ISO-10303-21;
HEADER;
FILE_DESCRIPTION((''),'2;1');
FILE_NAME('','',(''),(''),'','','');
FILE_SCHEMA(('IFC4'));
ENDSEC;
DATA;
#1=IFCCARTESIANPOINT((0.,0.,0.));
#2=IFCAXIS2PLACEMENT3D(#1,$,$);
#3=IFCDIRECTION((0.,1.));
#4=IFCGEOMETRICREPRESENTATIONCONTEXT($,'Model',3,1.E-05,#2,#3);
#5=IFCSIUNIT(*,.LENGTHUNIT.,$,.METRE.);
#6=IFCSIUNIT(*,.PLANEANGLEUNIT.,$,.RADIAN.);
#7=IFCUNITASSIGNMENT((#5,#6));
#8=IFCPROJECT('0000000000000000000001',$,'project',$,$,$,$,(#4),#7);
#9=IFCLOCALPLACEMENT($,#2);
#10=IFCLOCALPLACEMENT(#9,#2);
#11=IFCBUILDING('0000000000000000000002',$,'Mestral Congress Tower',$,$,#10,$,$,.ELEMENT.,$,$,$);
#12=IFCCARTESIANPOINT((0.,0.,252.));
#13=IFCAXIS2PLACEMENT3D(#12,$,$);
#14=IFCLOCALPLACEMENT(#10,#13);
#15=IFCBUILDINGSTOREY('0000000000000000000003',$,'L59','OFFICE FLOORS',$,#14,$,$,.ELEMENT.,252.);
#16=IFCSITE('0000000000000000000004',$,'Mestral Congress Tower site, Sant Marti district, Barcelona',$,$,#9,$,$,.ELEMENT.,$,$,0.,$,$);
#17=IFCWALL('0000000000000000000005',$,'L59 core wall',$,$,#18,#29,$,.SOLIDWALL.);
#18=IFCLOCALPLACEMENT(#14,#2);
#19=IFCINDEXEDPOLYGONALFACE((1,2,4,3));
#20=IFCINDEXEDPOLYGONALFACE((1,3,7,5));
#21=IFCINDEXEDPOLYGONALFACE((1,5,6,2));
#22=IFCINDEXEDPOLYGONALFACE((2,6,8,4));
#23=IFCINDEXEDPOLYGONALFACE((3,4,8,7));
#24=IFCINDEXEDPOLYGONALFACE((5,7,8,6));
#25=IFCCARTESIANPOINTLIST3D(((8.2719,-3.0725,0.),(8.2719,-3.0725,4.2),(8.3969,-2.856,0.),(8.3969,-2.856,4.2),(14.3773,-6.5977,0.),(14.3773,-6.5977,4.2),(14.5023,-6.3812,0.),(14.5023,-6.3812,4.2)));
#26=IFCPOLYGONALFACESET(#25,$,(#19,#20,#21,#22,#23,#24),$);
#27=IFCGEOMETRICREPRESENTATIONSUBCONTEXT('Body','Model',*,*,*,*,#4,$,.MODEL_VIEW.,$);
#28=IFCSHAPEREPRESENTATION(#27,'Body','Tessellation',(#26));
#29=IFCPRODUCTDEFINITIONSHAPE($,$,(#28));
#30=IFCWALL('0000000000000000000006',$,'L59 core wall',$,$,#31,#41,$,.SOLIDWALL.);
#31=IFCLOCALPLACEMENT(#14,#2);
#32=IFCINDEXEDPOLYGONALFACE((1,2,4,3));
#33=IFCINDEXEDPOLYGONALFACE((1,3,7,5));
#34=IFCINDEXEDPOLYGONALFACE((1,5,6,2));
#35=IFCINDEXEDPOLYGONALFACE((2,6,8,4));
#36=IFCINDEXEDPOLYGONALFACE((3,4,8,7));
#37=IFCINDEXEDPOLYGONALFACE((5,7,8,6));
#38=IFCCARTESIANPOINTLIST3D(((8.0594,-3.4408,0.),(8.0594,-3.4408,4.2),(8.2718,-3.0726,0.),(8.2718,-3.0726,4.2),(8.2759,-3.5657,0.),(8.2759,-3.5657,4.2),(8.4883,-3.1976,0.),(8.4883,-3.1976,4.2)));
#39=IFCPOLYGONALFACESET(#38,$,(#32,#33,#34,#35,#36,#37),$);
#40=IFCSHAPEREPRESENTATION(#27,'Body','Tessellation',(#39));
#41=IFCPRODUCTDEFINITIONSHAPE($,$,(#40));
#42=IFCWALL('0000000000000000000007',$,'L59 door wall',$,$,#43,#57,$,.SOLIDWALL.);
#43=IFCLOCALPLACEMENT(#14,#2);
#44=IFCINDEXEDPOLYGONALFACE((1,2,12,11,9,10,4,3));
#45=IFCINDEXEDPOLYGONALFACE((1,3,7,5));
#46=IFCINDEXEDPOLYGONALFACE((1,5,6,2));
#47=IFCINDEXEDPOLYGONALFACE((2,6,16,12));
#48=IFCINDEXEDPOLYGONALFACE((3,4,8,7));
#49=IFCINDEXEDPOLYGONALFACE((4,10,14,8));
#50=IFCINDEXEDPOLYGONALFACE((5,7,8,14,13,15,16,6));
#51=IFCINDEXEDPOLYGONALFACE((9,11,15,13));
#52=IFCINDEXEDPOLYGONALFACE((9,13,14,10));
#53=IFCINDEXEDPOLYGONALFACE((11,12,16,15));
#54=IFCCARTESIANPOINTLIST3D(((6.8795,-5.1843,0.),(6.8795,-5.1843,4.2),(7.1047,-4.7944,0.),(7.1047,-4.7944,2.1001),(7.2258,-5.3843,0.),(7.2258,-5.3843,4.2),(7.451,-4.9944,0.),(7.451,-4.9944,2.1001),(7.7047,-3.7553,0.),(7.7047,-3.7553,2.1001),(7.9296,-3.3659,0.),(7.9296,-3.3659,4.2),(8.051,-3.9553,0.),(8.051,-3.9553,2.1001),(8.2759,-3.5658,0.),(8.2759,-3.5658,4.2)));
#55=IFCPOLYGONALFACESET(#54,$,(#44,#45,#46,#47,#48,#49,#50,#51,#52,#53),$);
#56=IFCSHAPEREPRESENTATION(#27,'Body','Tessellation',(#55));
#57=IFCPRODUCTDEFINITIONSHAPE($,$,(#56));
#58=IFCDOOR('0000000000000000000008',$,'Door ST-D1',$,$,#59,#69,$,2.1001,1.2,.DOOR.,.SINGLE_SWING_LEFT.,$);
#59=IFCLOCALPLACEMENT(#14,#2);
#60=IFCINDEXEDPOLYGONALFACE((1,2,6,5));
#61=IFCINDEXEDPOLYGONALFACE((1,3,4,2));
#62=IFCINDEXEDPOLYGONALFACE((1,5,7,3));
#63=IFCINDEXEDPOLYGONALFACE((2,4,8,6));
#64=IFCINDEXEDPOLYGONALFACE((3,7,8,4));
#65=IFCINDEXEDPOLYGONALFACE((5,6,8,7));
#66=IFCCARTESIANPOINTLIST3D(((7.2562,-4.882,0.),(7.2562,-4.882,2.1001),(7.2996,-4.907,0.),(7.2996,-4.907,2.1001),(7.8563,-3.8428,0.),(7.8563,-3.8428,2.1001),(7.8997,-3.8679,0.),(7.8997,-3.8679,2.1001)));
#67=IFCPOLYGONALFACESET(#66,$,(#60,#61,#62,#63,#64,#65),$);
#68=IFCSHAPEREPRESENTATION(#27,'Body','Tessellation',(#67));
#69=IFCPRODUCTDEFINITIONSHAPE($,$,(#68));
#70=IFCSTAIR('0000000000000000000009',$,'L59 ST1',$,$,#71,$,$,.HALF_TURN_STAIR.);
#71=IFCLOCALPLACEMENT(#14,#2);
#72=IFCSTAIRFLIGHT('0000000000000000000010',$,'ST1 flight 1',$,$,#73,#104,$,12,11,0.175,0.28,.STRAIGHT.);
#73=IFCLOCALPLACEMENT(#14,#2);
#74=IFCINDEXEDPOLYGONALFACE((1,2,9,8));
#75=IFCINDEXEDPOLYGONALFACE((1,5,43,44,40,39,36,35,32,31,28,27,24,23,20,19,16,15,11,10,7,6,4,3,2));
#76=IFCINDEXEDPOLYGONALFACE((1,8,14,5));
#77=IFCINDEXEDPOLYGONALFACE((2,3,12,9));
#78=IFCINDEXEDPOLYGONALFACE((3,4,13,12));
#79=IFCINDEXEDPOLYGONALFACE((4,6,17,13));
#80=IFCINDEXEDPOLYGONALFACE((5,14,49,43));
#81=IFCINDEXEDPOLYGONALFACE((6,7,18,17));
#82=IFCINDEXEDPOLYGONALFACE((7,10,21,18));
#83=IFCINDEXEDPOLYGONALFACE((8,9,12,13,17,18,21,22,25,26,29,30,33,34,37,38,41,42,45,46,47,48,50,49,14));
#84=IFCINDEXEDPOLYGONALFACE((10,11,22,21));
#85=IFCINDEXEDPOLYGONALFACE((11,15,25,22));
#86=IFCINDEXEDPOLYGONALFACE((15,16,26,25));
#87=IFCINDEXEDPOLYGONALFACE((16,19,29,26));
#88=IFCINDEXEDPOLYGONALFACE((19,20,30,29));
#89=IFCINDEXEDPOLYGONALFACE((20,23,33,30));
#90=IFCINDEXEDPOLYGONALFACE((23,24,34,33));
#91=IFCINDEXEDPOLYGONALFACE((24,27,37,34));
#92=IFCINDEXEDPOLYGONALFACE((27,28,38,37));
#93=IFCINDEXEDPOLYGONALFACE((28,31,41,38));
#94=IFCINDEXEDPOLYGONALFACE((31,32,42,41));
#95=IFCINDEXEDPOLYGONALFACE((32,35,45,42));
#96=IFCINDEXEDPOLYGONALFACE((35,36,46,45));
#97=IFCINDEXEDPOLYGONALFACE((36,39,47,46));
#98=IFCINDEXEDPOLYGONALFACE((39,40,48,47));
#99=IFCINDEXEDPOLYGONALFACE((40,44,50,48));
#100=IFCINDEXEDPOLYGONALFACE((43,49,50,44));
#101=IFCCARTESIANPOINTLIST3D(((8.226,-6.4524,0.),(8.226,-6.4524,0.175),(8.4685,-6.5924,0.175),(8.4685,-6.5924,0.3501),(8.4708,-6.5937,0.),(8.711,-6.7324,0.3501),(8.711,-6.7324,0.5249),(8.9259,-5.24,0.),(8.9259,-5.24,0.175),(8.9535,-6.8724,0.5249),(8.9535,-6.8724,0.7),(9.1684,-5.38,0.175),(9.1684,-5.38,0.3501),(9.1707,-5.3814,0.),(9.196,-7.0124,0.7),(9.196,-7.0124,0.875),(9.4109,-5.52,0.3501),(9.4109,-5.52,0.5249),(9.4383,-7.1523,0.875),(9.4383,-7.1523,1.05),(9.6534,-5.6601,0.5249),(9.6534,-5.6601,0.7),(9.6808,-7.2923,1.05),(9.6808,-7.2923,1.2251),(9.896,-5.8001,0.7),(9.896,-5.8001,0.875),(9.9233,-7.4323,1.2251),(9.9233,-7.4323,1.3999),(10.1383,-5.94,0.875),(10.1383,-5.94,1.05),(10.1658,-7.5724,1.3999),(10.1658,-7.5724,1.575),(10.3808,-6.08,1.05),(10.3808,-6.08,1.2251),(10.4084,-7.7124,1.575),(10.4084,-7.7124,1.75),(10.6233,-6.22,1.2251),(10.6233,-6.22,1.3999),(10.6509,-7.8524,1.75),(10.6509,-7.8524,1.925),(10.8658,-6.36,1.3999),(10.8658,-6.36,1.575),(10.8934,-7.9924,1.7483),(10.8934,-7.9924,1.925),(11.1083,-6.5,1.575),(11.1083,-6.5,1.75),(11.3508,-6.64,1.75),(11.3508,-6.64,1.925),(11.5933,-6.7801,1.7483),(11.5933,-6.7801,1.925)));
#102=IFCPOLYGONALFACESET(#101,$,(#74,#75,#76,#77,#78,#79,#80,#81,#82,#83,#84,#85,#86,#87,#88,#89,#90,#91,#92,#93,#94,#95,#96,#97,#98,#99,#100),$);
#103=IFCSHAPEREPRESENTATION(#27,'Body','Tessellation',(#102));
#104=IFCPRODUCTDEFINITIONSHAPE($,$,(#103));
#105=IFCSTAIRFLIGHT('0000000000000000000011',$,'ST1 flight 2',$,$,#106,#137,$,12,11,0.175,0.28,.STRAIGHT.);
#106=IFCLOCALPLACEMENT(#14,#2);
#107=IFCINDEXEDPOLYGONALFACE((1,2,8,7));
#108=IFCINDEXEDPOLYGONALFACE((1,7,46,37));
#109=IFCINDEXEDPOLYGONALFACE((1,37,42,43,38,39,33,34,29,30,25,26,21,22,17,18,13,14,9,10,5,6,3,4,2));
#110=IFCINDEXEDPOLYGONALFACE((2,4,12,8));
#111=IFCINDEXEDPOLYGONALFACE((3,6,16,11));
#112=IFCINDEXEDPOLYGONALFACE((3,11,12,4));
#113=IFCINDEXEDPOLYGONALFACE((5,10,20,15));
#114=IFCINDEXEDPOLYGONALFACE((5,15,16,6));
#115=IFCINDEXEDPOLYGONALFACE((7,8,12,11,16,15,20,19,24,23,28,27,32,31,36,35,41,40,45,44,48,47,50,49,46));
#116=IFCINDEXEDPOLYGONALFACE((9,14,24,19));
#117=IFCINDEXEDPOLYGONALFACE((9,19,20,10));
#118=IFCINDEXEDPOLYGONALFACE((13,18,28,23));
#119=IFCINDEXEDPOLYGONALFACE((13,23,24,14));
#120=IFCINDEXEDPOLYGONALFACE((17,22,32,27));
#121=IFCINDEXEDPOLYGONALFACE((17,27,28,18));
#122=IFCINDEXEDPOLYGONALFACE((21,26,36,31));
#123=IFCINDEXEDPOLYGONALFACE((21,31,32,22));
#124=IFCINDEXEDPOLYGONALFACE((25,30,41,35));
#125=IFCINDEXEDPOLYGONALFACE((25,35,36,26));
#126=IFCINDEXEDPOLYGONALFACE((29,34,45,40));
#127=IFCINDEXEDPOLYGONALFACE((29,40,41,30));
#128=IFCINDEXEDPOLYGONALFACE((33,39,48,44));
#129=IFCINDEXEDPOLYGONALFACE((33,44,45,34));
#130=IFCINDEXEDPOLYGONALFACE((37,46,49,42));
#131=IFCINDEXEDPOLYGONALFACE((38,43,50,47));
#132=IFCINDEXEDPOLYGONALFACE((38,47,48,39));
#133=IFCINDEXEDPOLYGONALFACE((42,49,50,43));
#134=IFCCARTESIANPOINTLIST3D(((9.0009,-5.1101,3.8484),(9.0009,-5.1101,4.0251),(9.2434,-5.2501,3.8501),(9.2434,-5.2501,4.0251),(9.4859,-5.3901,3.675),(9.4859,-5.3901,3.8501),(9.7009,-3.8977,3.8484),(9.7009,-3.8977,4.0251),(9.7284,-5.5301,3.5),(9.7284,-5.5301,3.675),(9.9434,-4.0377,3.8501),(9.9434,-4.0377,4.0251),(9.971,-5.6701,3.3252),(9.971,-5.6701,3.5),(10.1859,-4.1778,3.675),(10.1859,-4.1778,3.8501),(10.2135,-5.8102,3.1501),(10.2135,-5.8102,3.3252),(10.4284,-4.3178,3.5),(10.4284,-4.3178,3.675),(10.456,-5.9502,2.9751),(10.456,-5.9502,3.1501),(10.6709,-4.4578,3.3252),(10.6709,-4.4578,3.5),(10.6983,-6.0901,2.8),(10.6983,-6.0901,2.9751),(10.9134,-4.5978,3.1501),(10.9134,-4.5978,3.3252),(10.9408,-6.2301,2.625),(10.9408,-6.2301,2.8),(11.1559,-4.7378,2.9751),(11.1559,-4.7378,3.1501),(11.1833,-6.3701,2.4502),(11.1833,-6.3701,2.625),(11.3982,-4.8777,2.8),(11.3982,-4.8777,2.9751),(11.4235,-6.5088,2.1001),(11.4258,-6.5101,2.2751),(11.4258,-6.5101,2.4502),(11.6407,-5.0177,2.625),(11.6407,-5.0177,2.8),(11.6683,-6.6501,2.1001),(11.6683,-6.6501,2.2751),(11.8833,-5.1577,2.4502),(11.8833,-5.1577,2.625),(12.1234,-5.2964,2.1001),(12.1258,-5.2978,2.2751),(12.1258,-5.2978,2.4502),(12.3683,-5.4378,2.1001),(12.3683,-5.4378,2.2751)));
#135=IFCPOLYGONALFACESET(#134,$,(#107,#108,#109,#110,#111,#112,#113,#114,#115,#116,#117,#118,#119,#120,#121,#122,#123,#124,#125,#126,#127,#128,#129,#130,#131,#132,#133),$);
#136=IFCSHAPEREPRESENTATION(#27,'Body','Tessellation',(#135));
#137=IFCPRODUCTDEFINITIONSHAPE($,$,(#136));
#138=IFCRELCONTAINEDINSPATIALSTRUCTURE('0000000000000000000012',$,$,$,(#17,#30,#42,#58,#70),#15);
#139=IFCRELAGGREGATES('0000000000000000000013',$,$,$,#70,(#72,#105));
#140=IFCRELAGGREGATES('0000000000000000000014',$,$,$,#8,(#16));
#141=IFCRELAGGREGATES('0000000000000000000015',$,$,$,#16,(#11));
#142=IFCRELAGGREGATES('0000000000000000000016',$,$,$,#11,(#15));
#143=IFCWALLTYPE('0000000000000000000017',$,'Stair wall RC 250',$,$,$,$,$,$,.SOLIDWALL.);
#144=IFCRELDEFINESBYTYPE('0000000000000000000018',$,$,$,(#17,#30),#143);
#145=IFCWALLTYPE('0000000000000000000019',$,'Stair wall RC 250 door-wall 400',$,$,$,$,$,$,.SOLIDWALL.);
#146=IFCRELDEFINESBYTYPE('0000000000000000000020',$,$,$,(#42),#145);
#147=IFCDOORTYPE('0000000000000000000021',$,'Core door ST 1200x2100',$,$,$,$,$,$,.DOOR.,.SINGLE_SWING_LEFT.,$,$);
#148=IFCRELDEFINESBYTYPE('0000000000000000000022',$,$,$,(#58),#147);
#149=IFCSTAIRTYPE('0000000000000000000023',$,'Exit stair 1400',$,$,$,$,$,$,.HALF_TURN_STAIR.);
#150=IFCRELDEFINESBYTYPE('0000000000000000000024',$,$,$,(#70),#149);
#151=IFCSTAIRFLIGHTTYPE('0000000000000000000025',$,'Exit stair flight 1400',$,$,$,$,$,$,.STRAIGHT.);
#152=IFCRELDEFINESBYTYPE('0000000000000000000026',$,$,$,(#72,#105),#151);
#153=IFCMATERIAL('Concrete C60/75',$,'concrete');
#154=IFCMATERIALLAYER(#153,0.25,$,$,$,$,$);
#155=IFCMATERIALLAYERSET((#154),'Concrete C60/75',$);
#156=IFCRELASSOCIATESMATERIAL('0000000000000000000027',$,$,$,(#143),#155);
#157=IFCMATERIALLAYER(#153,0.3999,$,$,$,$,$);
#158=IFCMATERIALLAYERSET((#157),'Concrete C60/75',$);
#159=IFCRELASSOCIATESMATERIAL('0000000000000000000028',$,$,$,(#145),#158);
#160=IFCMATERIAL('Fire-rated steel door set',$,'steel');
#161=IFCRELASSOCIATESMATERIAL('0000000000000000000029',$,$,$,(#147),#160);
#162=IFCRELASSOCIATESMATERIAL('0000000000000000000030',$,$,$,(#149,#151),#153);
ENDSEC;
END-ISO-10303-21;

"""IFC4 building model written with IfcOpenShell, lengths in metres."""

from ifc_helpers import new_model, si_unit, direction, frame, frame_2d, origin, place, context, subcontext, project, spatial, polyline, rectangle, outline, extrude, material, layer, layer_set, type_object, element, fill, aggregate, save


model = new_model("IFC4")

# Units and contexts
model_context = context("Model", 3, precision=1e-05, world=origin(), true_north=direction((0.0, 1.0)))
body_context = subcontext(model_context, "Body", "Model", "MODEL_VIEW")
ifc_project = project(units=[si_unit("LENGTHUNIT", "METRE"), si_unit("PLANEANGLEUNIT", "RADIAN")], contexts=[model_context])

# Site, building, storey
site_placement = place(None, origin())
site = spatial("IfcSite", under=ifc_project, at=site_placement, Name="Mestral Congress Tower site, Sant Marti district, Barcelona", CompositionType="ELEMENT", RefElevation=0.0)
building_placement = place(site_placement, origin())
building = spatial("IfcBuilding", under=site, at=building_placement, Name="Mestral Congress Tower", CompositionType="ELEMENT")
storey_placement = place(building_placement, frame((0.0, 0.0, 252.0)))
storey = spatial("IfcBuildingStorey", under=building, at=storey_placement, Name="L59", Description="OFFICE FLOORS", CompositionType="ELEMENT", Elevation=252.0)

# Shared definitions
ifc_material_1 = material(Name="Fire-rated steel door set", Category="steel")

# Shared definitions
ifc_material_2 = material(Name="Concrete C60/75", Category="concrete")

# Walls
ifc_layer_1 = layer(ifc_material_2, 0.25)
ifc_layer_set_1 = layer_set([ifc_layer_1], Name="Concrete C60/75")
wall_type_1 = type_object("IfcWallType", Name="Stair wall RC 250", PredefinedType="SOLIDWALL", material=ifc_layer_set_1)
wall_1_placement = place(storey_placement, frame((8.3345, -2.9644, 0.0), z_axis=(0.0, 0.0, 1.0), x_axis=(0.866016, -0.500016, 0.0)))
element("IfcWall", 1, at=wall_1_placement, inside=storey, type_object=wall_type_1, Name="L59 core wall", PredefinedType="SOLIDWALL", context=body_context, shape_type="SweptSolid", body=[
    extrude(rectangle(XDim=7.05, YDim=0.25, at=frame_2d((3.5249, 0.0))), origin(), (0.0, 0.0, 1.0), 4.2),
])
wall_2_placement = place(storey_placement, frame((8.1677, -3.5032, 0.0), z_axis=(0.0, 0.0, 1.0), x_axis=(0.499722, 0.866186, 0.0)))
element("IfcWall", 2, at=wall_2_placement, inside=storey, type_object=wall_type_1, Name="L59 core wall", PredefinedType="SOLIDWALL", context=body_context, shape_type="SweptSolid", body=[
    extrude(rectangle(XDim=0.425, YDim=0.25, at=frame_2d((0.2124, 0.0))), origin(), (0.0, 0.0, 1.0), 4.2),
])

# Wall, opening, door
ifc_layer_2 = layer(ifc_material_2, 0.3999)
ifc_layer_set_2 = layer_set([ifc_layer_2], Name="Concrete C60/75")
wall_type_2 = type_object("IfcWallType", Name="Stair wall RC 250 door-wall 400", PredefinedType="SOLIDWALL", material=ifc_layer_set_2)
wall_3_placement = place(storey_placement, frame((7.0527, -5.2842, 0.0), z_axis=(0.0, 0.0, 1.0), x_axis=(0.500078, 0.86598, 0.0)))
wall_3 = element("IfcWall", 3, at=wall_3_placement, inside=storey, type_object=wall_type_2, Name="L59 door wall", PredefinedType="SOLIDWALL", context=body_context, shape_type="SweptSolid", body=[
    extrude(rectangle(XDim=2.0999, YDim=0.3999, at=frame_2d((1.0498, 0.0))), origin(), (0.0, 0.0, 1.0), 4.2),
])
opening_1_placement = place(wall_3_placement, frame((0.45, 0.0, 0.0)))
opening_1 = element("IfcOpeningElement", 4, at=opening_1_placement, cuts=wall_3, PredefinedType="OPENING", context=body_context, shape_type="SweptSolid", body=[
    extrude(rectangle(XDim=1.2, YDim=2.1001, at=frame_2d((0.6001, 1.05))), frame((0.0, 0.21, 0.0), z_axis=(0.0, -1.0, 0.0), x_axis=(1.0, 0.0, 0.0)), (0.0, 0.0, 1.0), 0.4199),
])
door_type_1 = type_object("IfcDoorType", Name="Core door ST 1200x2100", OperationType="SINGLE_SWING_LEFT", PredefinedType="DOOR", material=ifc_material_1)
door_1_placement = place(opening_1_placement, origin())
door_1 = element("IfcDoor", 5, at=door_1_placement, inside=storey, type_object=door_type_1, Name="Door ST-D1", OperationType="SINGLE_SWING_LEFT", OverallHeight=2.1001, OverallWidth=1.2, PredefinedType="DOOR", context=body_context, shape_type="SweptSolid", body=[
    extrude(rectangle(XDim=1.2, YDim=2.1001, at=frame_2d((0.6001, 1.05))), frame((0.0, 0.0249, 0.0), z_axis=(0.0, -1.0, 0.0), x_axis=(1.0, 0.0, 0.0)), (0.0, 0.0, 1.0), 0.05),
])
fill(opening_1, door_1)

# Stair, stair flights
stair_type = type_object("IfcStairType", Name="Exit stair 1400", PredefinedType="HALF_TURN_STAIR", material=ifc_material_2)
stair_placement = place(storey_placement, origin())
stair = element("IfcStair", 6, at=stair_placement, inside=storey, type_object=stair_type, Name="L59 ST1", PredefinedType="HALF_TURN_STAIR")
stair_flight_type = type_object("IfcStairFlightType", Name="Exit stair flight 1400", PredefinedType="STRAIGHT", material=ifc_material_2)
stair_flight_1_placement = place(storey_placement, frame((8.5759, -5.8462, 0.0), z_axis=(0.0, 0.0, 1.0), x_axis=(0.866025, -0.5, 0.0)))
stair_flight_1 = element("IfcStairFlight", 7, at=stair_flight_1_placement, type_object=stair_flight_type, Name="ST1 flight 1", NumberOfRisers=12, NumberOfTreads=11, PredefinedType="STRAIGHT", RiserHeight=0.175, TreadLength=0.28, context=body_context, shape_type="SweptSolid", body=[
    extrude(outline(polyline([(0.0, 0.0), (0.0, 0.175), (0.28, 0.175), (0.28, 0.3501), (0.5601, 0.3501), (0.5601, 0.5249), (0.8401, 0.5249), (0.8401, 0.7), (1.1201, 0.7), (1.1201, 0.875), (1.3999, 0.875), (1.3999, 1.05), (1.6799, 1.05), (1.6799, 1.2251), (1.96, 1.2251), (1.96, 1.3999), (2.24, 1.3999), (2.24, 1.575), (2.52, 1.575), (2.52, 1.75), (2.8, 1.75), (2.8, 1.925), (3.0801, 1.925), (3.0801, 2.1001), (3.0801, 1.7483), (0.2827, 0.0), (0.0, 0.0)])), frame((0.0, 0.7, 0.0), z_axis=(0.0, -1.0, 0.0), x_axis=(1.0, 0.0, 0.0)), (0.0, 0.0, 1.0), 1.3999),
])
stair_flight_2_placement = place(storey_placement, frame((12.0183, -6.0439, 2.1001), z_axis=(0.0, 0.0, 1.0), x_axis=(-0.866025, 0.5, 0.0)))
stair_flight_2 = element("IfcStairFlight", 8, at=stair_flight_2_placement, type_object=stair_flight_type, Name="ST1 flight 2", NumberOfRisers=12, NumberOfTreads=11, PredefinedType="STRAIGHT", RiserHeight=0.175, TreadLength=0.28, context=body_context, shape_type="SweptSolid", body=[
    extrude(outline(polyline([(0.0, 0.0), (0.0, 0.175), (0.28, 0.175), (0.28, 0.3501), (0.5601, 0.3501), (0.5601, 0.5249), (0.8401, 0.5249), (0.8401, 0.7), (1.1201, 0.7), (1.1201, 0.875), (1.3999, 0.875), (1.3999, 1.05), (1.6799, 1.05), (1.6799, 1.2251), (1.96, 1.2251), (1.96, 1.3999), (2.24, 1.3999), (2.24, 1.575), (2.52, 1.575), (2.52, 1.75), (2.8, 1.75), (2.8, 1.925), (3.0801, 1.925), (3.0801, 2.1001), (3.0801, 1.7483), (0.2827, 0.0), (0.0, 0.0)])), frame((0.0, 0.7, 0.0), z_axis=(0.0, -1.0, 0.0), x_axis=(1.0, 0.0, 0.0)), (0.0, 0.0, 1.0), 1.3999),
])
aggregate(stair, [stair_flight_1, stair_flight_2])

save(model, "model.ifc")
